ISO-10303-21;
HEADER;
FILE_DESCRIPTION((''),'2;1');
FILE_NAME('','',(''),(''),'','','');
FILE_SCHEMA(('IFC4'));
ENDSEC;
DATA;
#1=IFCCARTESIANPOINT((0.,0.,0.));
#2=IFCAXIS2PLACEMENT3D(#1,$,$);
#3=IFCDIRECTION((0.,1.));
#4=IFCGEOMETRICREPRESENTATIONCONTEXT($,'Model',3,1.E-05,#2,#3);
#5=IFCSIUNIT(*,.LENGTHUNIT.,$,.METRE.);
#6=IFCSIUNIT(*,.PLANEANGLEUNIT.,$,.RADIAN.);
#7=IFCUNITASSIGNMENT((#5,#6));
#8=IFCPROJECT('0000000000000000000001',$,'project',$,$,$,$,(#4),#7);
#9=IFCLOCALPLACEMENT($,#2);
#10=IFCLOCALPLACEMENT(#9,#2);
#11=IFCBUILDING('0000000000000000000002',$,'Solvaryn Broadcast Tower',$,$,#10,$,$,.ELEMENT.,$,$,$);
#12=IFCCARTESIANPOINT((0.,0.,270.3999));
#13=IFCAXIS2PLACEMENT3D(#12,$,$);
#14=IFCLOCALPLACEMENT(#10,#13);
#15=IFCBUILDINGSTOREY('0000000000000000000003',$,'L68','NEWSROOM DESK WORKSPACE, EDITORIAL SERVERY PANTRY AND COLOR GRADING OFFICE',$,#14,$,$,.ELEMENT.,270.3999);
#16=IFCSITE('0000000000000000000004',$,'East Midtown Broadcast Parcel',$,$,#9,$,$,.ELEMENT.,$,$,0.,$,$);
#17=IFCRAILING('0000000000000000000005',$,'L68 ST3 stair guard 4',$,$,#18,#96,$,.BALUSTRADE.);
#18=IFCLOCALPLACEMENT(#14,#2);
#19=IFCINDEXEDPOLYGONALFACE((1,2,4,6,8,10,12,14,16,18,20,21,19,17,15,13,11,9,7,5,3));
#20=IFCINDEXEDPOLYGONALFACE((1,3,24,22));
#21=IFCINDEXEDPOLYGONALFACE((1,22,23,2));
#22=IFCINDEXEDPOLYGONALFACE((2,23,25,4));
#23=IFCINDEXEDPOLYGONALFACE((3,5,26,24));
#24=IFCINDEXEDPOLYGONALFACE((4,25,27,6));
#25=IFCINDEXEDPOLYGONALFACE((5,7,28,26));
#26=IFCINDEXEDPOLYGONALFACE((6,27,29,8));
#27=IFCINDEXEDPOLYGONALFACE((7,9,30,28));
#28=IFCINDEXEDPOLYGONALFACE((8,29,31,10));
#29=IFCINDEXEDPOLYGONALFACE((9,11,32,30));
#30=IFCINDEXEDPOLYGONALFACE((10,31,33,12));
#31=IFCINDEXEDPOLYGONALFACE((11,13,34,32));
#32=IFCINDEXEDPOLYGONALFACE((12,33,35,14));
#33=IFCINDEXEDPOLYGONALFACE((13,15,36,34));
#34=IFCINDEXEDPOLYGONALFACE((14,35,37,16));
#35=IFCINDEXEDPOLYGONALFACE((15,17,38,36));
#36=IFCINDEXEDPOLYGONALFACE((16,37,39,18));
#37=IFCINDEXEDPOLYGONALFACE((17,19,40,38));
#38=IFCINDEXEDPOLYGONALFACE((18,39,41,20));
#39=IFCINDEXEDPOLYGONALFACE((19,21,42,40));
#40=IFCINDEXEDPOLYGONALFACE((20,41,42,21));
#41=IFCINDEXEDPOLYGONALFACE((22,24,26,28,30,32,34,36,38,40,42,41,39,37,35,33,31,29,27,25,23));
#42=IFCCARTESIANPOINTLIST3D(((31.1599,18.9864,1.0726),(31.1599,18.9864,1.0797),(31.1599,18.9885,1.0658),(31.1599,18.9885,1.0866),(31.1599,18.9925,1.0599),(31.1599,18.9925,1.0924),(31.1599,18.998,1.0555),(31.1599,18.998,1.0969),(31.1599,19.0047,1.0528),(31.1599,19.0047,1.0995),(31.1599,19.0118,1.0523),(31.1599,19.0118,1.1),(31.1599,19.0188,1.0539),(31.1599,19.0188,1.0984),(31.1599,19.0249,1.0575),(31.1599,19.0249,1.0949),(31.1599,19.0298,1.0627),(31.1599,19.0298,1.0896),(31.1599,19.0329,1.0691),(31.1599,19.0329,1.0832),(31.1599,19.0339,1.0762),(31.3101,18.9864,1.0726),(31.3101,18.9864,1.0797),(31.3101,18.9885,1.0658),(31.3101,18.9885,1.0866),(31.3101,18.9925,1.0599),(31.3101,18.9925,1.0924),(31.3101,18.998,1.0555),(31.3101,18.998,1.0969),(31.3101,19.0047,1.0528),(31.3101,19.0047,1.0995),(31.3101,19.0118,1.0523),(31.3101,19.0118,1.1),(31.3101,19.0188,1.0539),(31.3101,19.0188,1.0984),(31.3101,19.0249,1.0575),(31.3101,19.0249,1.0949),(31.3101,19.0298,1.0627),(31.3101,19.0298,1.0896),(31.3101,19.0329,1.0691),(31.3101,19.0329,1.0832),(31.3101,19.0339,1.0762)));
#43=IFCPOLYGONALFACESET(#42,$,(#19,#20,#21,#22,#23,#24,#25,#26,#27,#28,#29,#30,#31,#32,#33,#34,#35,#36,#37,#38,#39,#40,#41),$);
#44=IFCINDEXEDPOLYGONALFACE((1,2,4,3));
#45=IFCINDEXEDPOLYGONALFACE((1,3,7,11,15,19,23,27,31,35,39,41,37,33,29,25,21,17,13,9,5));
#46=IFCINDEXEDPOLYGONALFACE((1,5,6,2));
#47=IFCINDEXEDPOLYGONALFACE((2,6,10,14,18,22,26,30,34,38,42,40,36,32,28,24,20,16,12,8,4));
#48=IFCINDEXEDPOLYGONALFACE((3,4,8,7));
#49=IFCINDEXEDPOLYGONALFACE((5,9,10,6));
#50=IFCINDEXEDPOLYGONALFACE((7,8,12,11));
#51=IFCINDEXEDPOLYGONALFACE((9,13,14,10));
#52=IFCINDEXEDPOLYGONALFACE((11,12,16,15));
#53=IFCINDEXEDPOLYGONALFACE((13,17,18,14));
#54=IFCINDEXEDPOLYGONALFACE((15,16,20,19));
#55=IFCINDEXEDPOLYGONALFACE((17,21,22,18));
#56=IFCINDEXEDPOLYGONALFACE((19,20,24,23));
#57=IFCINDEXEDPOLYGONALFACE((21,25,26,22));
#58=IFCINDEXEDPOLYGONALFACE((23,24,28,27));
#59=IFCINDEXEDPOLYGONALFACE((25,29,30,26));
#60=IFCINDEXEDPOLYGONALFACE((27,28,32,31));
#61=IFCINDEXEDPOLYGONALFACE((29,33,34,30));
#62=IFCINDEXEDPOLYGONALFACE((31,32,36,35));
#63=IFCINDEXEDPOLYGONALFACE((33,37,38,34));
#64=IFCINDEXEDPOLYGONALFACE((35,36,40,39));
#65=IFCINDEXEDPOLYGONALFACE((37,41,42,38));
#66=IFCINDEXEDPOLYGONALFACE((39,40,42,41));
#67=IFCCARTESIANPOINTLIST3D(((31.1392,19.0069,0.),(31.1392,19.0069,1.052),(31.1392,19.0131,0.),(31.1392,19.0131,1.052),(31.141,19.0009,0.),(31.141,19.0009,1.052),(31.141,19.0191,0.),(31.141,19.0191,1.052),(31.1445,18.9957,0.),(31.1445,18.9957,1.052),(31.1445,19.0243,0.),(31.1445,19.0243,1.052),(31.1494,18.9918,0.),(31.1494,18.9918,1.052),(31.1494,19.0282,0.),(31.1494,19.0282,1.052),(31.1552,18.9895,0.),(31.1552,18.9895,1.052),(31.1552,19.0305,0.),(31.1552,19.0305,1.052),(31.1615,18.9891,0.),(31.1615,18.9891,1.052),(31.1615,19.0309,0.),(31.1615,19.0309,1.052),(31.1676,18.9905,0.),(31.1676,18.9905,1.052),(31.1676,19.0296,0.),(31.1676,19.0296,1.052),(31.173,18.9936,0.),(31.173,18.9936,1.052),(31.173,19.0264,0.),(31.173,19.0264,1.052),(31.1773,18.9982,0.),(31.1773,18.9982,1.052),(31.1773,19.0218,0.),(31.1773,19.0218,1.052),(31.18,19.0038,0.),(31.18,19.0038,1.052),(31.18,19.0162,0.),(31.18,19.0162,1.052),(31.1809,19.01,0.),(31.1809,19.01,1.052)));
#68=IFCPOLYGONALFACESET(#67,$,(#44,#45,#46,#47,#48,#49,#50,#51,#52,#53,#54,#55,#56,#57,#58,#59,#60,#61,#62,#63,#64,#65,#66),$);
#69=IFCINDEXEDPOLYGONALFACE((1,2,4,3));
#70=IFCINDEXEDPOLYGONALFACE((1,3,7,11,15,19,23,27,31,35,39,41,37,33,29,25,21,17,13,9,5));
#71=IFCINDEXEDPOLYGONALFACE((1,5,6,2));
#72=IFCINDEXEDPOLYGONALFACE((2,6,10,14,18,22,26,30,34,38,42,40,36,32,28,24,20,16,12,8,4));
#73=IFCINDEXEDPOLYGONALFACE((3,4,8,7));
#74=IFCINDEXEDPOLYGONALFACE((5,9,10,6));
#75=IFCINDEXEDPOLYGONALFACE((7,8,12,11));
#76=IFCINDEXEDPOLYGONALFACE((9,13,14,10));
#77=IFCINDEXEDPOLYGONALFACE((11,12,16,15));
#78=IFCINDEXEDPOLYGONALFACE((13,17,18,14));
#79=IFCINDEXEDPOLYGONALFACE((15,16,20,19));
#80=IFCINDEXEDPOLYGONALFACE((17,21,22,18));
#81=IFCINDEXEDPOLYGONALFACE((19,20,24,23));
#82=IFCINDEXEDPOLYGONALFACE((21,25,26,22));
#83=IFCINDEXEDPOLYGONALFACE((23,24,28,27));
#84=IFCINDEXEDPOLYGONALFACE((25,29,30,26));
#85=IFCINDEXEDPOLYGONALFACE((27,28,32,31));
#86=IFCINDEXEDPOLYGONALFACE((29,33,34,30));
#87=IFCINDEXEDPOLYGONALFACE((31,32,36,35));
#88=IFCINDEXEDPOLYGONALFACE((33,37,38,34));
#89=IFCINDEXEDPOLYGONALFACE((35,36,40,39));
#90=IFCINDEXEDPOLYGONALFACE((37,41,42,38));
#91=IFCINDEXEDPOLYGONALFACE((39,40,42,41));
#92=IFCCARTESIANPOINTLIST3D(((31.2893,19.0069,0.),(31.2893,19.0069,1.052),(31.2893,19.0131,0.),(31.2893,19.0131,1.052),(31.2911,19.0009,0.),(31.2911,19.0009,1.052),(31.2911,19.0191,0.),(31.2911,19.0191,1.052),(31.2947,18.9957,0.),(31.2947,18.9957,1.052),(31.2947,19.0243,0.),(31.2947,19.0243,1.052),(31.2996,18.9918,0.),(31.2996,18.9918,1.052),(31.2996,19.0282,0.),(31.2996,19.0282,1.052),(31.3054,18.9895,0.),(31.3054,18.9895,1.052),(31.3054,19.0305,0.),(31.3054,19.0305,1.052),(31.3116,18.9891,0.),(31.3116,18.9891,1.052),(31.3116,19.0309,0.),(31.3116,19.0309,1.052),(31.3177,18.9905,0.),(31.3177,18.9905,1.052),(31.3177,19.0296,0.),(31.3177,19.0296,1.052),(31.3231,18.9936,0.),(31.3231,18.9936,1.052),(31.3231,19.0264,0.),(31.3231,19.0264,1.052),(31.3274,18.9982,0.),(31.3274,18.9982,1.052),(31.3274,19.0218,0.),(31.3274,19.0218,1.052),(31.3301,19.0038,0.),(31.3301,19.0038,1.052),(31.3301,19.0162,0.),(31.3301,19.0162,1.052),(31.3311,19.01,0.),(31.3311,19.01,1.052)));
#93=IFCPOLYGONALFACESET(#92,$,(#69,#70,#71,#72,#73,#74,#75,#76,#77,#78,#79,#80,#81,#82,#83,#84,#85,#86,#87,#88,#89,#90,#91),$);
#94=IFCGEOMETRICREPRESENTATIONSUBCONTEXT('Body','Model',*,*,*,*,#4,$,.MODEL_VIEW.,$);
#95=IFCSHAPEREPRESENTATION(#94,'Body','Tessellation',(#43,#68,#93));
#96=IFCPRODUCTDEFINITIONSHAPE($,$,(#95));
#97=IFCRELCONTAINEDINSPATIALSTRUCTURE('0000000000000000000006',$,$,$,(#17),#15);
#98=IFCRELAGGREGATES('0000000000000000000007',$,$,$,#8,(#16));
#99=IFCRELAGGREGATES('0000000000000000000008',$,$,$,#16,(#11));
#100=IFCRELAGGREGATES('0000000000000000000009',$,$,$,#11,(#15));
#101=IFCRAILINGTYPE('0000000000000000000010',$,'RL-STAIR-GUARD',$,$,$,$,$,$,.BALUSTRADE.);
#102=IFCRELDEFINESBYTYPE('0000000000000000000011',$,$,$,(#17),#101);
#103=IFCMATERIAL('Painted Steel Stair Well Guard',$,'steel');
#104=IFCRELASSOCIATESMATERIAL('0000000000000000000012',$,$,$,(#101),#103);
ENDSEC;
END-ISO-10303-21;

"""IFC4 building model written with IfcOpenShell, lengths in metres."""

from ifc_helpers import new_model, si_unit, direction, frame, origin, origin_2d, place, context, subcontext, project, spatial, circle, extrude, material, type_object, element, save


model = new_model("IFC4")

# Units and contexts
model_context = context("Model", 3, precision=1e-05, world=origin(), true_north=direction((0.0, 1.0)))
body_context = subcontext(model_context, "Body", "Model", "MODEL_VIEW")
ifc_project = project(units=[si_unit("LENGTHUNIT", "METRE"), si_unit("PLANEANGLEUNIT", "RADIAN")], contexts=[model_context])

# Site, building, storey
site_placement = place(None, origin())
site = spatial("IfcSite", under=ifc_project, at=site_placement, Name="East Midtown Broadcast Parcel", CompositionType="ELEMENT", RefElevation=0.0)
building_placement = place(site_placement, origin())
building = spatial("IfcBuilding", under=site, at=building_placement, Name="Solvaryn Broadcast Tower", CompositionType="ELEMENT")
storey_placement = place(building_placement, frame((0.0, 0.0, 270.3999)))
storey = spatial("IfcBuildingStorey", under=building, at=storey_placement, Name="L68", Description="NEWSROOM DESK WORKSPACE, EDITORIAL SERVERY PANTRY AND COLOR GRADING OFFICE", CompositionType="ELEMENT", Elevation=270.3999)

# Railing
ifc_material_1 = material(Name="Painted Steel Stair Well Guard", Category="steel")
railing_type_1 = type_object("IfcRailingType", Name="RL-STAIR-GUARD", PredefinedType="BALUSTRADE", material=ifc_material_1)
railing_1_placement = place(storey_placement, frame((31.1599, 19.01, 0.0)))
element("IfcRailing", 1, at=railing_1_placement, inside=storey, type_object=railing_type_1, Name="L68 ST3 stair guard 4", PredefinedType="BALUSTRADE", context=body_context, shape_type="SweptSolid", body=[
    extrude(circle(Radius=0.0239, at=origin_2d()), frame((0.0, 0.0, 1.0762), z_axis=(1.0, 0.0, 0.0), x_axis=(0.0, 1.0, 0.0)), (0.0, 0.0, 1.0), 0.1501),
    extrude(circle(Radius=0.021, at=origin_2d()), origin(), (0.0, 0.0, 1.0), 1.052),
    extrude(circle(Radius=0.021, at=origin_2d()), frame((0.1501, 0.0, 0.0)), (0.0, 0.0, 1.0), 1.052),
])

save(model, "model.ifc")
